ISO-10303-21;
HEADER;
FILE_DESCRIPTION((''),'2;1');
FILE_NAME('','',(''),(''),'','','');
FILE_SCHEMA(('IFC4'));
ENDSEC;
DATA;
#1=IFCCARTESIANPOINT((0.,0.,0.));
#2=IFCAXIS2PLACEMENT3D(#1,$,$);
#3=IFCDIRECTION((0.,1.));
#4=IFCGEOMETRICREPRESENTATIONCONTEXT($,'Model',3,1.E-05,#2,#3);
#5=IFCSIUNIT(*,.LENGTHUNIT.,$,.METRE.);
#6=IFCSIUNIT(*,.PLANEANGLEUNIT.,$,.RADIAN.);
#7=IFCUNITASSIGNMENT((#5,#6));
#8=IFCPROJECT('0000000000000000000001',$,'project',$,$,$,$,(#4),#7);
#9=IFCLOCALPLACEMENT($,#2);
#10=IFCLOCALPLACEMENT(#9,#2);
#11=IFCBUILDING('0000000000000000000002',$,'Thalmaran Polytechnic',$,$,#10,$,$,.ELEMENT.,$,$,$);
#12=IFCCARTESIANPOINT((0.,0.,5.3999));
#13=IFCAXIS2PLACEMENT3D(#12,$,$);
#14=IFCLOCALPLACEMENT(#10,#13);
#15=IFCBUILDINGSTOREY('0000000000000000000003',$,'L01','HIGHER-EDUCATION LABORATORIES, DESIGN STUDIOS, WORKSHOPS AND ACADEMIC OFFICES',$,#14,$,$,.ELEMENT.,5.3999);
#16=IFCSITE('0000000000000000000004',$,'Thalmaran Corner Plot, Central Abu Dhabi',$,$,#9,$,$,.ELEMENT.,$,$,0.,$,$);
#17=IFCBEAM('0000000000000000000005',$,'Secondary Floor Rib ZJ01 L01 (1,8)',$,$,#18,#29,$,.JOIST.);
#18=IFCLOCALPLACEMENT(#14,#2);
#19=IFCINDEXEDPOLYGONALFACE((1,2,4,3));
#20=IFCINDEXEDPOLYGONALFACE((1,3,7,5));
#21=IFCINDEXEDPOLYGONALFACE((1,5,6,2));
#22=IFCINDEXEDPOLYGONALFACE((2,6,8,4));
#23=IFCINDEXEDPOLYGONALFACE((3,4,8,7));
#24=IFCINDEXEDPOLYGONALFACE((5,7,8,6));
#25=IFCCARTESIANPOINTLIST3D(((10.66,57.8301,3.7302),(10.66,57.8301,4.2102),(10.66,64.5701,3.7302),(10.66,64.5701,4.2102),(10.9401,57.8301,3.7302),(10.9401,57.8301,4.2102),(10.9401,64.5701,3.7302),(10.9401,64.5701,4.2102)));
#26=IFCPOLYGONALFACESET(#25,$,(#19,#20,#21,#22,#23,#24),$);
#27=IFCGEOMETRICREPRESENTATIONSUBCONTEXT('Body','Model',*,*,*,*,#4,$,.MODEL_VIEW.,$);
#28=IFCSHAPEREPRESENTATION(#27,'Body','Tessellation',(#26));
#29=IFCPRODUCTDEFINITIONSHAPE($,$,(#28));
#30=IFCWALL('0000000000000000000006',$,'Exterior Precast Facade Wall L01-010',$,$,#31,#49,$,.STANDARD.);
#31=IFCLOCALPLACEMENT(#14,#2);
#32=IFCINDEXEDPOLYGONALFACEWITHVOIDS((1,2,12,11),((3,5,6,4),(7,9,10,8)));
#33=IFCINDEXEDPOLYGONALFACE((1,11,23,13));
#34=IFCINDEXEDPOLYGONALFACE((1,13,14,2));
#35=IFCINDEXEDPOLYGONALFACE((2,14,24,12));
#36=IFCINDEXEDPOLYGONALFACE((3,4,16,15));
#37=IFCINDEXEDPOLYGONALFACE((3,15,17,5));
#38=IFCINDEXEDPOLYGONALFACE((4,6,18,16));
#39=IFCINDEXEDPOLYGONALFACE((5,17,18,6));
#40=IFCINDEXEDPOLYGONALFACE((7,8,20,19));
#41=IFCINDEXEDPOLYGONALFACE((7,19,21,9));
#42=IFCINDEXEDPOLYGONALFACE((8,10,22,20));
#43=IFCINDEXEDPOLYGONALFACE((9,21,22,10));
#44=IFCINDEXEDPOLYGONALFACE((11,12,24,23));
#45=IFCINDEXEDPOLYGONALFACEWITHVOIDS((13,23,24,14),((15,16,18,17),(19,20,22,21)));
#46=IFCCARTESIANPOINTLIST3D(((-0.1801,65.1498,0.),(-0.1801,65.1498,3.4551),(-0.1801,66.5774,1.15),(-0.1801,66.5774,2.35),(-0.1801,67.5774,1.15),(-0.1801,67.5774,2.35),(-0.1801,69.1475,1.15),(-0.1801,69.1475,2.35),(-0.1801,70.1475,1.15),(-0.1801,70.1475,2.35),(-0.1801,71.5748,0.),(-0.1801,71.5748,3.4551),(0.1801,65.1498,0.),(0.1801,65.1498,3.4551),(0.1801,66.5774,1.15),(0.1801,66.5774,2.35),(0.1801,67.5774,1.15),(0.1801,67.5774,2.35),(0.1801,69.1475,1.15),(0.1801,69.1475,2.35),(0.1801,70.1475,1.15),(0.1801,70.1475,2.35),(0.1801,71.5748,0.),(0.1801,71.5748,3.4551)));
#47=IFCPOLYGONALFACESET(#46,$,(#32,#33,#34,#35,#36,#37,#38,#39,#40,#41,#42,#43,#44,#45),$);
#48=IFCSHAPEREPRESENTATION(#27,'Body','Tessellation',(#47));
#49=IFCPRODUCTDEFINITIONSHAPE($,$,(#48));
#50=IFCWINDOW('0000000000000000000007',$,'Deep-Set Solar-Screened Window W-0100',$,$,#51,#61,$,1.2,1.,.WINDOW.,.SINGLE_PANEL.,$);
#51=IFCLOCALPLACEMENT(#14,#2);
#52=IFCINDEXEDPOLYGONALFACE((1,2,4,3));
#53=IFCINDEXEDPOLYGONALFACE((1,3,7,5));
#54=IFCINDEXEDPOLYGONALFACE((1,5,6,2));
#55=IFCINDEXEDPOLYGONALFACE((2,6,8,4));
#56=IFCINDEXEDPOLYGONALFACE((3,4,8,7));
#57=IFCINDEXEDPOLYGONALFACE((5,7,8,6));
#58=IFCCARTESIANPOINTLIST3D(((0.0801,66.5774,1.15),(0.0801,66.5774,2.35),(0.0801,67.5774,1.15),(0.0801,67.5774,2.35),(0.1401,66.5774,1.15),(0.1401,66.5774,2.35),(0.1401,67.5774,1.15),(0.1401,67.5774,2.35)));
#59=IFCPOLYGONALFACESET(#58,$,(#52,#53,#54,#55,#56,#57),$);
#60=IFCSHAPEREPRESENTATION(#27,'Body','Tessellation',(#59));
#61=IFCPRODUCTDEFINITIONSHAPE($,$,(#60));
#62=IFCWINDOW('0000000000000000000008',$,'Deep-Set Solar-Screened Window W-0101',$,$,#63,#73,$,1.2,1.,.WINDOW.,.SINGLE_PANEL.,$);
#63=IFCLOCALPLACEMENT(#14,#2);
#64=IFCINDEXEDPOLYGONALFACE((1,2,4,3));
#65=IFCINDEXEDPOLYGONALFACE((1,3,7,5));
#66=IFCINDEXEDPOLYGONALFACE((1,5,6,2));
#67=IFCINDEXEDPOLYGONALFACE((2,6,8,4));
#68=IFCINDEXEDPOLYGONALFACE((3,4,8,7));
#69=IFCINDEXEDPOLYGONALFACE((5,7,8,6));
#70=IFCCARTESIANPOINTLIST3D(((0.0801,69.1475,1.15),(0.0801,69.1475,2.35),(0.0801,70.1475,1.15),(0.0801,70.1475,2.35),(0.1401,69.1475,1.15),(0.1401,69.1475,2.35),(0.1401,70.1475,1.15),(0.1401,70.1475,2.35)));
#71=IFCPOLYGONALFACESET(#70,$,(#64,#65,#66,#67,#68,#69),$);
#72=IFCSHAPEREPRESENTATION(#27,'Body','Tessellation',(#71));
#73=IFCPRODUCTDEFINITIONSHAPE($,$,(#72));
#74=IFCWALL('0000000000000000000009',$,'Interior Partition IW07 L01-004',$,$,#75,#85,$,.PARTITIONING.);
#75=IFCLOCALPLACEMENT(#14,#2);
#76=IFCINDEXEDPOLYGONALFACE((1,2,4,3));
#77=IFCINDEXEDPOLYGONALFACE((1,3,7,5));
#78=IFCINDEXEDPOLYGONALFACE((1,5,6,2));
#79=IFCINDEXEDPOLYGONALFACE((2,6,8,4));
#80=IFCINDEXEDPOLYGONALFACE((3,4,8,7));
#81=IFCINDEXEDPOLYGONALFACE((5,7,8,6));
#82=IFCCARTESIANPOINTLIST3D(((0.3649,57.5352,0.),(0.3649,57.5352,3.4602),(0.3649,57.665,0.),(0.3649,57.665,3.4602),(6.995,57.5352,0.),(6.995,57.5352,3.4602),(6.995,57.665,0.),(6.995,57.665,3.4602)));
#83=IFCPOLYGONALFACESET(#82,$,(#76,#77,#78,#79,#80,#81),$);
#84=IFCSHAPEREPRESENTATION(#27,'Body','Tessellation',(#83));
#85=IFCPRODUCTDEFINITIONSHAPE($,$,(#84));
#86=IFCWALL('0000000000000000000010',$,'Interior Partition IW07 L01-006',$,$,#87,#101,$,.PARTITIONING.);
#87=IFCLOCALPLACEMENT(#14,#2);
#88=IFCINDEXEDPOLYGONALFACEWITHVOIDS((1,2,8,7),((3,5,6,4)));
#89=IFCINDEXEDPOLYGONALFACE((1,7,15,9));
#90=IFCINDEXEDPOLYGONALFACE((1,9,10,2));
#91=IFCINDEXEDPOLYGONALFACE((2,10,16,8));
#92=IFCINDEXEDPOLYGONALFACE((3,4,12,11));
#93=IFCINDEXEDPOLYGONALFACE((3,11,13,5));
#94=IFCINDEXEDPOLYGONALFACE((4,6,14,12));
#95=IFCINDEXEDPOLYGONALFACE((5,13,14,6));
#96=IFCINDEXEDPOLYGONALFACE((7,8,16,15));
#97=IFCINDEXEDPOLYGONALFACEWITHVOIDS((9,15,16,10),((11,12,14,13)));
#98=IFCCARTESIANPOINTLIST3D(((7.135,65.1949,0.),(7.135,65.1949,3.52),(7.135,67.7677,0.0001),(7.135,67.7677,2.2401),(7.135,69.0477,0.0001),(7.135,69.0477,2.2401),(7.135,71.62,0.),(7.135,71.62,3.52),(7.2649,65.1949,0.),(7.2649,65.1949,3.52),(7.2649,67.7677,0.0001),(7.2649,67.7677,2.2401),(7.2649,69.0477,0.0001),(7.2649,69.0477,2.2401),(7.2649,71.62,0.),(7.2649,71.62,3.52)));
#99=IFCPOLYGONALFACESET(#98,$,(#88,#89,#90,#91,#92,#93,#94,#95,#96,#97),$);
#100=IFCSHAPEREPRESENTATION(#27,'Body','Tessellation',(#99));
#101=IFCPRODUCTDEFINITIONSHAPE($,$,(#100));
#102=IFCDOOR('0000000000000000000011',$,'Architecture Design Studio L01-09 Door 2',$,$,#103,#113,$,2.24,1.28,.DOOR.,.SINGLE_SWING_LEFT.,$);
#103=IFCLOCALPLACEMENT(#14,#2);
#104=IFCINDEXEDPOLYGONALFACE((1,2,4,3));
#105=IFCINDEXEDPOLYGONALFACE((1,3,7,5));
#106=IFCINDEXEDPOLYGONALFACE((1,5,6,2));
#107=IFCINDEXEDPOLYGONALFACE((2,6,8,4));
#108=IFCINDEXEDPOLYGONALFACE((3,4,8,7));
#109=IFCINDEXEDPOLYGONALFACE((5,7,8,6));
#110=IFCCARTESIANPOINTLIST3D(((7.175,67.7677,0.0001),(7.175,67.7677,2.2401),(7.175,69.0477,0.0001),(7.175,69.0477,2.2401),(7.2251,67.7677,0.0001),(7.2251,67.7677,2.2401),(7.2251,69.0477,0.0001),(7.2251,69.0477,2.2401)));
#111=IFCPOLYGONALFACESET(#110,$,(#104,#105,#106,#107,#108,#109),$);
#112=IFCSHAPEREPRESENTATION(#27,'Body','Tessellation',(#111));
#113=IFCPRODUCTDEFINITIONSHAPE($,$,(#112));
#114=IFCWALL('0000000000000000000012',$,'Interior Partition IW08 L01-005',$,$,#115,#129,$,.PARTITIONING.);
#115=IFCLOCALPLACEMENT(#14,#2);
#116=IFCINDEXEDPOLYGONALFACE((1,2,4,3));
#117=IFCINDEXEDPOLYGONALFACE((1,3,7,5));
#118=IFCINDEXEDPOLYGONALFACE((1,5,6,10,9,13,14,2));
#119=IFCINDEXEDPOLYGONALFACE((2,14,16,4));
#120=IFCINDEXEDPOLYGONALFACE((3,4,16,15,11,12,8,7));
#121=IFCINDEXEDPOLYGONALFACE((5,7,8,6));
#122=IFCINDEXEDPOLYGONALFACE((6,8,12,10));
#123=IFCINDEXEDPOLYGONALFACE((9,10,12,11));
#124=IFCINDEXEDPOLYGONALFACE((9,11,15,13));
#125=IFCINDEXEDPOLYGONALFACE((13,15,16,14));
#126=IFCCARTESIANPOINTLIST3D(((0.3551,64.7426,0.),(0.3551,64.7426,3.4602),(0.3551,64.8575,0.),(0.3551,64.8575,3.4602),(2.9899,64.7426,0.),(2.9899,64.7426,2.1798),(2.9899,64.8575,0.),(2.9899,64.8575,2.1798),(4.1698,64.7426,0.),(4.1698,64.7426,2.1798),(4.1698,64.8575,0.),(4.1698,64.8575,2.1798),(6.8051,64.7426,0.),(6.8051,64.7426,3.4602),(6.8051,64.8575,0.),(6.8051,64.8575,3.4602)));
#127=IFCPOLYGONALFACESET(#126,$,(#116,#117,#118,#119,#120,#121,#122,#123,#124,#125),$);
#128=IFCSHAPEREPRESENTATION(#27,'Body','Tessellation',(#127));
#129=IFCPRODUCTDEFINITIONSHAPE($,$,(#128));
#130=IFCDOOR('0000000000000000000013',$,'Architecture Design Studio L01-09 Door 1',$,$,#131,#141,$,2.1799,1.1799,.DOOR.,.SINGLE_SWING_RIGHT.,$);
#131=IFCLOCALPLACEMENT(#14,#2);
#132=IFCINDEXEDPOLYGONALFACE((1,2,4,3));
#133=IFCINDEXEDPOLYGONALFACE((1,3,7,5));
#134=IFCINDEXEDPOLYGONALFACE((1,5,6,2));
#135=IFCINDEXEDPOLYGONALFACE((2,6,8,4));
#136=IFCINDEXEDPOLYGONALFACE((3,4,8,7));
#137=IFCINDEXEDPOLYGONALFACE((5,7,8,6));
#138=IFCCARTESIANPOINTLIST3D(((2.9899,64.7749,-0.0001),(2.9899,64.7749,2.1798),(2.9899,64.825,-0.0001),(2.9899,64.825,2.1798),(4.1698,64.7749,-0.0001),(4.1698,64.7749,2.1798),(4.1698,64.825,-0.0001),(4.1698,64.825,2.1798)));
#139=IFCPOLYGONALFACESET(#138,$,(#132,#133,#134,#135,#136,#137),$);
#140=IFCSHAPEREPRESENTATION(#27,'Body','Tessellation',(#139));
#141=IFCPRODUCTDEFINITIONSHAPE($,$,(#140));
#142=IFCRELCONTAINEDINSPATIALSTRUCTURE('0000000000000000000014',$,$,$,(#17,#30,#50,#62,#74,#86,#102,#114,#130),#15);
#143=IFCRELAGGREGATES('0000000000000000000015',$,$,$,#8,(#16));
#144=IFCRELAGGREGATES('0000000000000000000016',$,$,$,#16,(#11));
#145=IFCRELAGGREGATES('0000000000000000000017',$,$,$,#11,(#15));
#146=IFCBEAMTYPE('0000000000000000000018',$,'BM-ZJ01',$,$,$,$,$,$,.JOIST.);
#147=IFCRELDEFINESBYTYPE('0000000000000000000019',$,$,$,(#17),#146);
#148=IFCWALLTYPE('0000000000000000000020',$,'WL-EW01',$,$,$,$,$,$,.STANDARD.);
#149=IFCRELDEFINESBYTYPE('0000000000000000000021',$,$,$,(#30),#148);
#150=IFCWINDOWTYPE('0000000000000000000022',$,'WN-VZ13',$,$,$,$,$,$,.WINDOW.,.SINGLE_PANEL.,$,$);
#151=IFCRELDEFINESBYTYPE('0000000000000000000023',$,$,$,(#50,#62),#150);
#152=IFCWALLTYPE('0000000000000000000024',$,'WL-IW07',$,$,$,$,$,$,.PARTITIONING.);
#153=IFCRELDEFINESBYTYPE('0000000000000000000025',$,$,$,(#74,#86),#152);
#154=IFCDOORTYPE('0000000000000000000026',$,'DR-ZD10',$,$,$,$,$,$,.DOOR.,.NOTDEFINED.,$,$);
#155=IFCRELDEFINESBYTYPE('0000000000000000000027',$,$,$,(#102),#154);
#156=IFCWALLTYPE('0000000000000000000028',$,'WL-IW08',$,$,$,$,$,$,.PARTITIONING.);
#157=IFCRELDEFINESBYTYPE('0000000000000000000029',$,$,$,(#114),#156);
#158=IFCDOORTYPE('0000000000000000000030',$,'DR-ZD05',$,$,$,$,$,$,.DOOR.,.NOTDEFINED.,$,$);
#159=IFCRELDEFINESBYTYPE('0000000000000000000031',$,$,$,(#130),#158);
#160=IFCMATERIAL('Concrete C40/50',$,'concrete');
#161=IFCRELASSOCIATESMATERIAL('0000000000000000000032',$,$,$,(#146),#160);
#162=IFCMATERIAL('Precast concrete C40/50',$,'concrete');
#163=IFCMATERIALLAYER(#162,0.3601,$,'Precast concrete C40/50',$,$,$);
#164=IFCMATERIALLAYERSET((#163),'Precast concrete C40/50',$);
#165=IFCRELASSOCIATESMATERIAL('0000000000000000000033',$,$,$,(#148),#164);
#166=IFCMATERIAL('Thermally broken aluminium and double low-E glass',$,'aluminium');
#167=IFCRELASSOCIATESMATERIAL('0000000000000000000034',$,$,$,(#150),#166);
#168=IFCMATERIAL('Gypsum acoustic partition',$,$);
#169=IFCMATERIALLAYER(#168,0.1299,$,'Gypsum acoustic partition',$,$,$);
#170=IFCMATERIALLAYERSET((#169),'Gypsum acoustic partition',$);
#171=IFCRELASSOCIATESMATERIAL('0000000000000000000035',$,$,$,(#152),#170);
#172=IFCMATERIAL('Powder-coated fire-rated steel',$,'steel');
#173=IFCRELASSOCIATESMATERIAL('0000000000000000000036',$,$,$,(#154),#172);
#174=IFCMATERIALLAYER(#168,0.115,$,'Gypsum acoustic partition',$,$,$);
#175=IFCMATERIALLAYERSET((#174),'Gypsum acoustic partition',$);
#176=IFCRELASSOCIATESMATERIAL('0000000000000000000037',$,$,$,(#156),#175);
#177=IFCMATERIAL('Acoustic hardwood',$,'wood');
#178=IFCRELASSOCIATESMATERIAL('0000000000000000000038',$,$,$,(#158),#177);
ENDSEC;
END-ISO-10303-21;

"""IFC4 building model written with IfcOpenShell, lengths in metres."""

from ifc_helpers import new_model, si_unit, direction, frame, frame_2d, origin, origin_2d, place, context, subcontext, project, spatial, rectangle, extrude, material, layer, layer_set, material_profile, profile_set, type_object, element, fill, save


model = new_model("IFC4")

# Units and contexts
model_context = context("Model", 3, precision=1e-05, world=origin(), true_north=direction((0.0, 1.0)))
body_context = subcontext(model_context, "Body", "Model", "MODEL_VIEW")
ifc_project = project(units=[si_unit("LENGTHUNIT", "METRE"), si_unit("PLANEANGLEUNIT", "RADIAN")], contexts=[model_context])

# Site, building, storey
site_placement = place(None, origin())
site = spatial("IfcSite", under=ifc_project, at=site_placement, Name="Thalmaran Corner Plot, Central Abu Dhabi", CompositionType="ELEMENT", RefElevation=0.0)
building_placement = place(site_placement, origin())
building = spatial("IfcBuilding", under=site, at=building_placement, Name="Thalmaran Polytechnic", CompositionType="ELEMENT")
storey_placement = place(building_placement, frame((0.0, 0.0, 5.3999)))
storey = spatial("IfcBuildingStorey", under=building, at=storey_placement, Name="L01", Description="HIGHER-EDUCATION LABORATORIES, DESIGN STUDIOS, WORKSHOPS AND ACADEMIC OFFICES", CompositionType="ELEMENT", Elevation=5.3999)

# Shared definitions
ifc_material_1 = material(Name="Concrete C40/50", Category="concrete")

# Beam
ifc_material_profile_1 = material_profile(ifc_material_1, rectangle(XDim=0.28, YDim=0.48, at=origin_2d()), Name="RC 280x480")
ifc_profile_set_1 = profile_set([ifc_material_profile_1], Name="Concrete C40/50")
beam_type_1 = type_object("IfcBeamType", Name="BM-ZJ01", PredefinedType="JOIST", material=ifc_profile_set_1)
beam_1_placement = place(storey_placement, frame((10.8, 57.8301, 3.9702), z_axis=(0.0, 1.0, 0.0), x_axis=(-1.0, 0.0, 0.0)))
element("IfcBeam", 1, at=beam_1_placement, inside=storey, type_object=beam_type_1, Name="Secondary Floor Rib ZJ01 L01 (1,8)", PredefinedType="JOIST", context=body_context, shape_type="SweptSolid", body=[
    extrude(rectangle(XDim=0.28, YDim=0.48, at=origin_2d()), origin(), (0.0, 0.0, 1.0), 6.74),
])

# Wall, openings, windows
ifc_material_2 = material(Name="Precast concrete C40/50", Category="concrete")
ifc_layer_1 = layer(ifc_material_2, 0.3601, Name="Precast concrete C40/50")
ifc_layer_set_1 = layer_set([ifc_layer_1], Name="Precast concrete C40/50")
wall_type_1 = type_object("IfcWallType", Name="WL-EW01", PredefinedType="STANDARD", material=ifc_layer_set_1)
wall_1_placement = place(storey_placement, frame((0.0, 65.1499, 0.0), z_axis=(0.0, 0.0, 1.0), x_axis=(0.0, 1.0, 0.0)))
wall_1 = element("IfcWall", 2, at=wall_1_placement, inside=storey, type_object=wall_type_1, Name="Exterior Precast Facade Wall L01-010", PredefinedType="STANDARD", context=body_context, shape_type="SweptSolid", body=[
    extrude(rectangle(XDim=6.425, YDim=0.3601, at=frame_2d((3.2124, 0.0))), origin(), (0.0, 0.0, 1.0), 3.4551),
])
opening_1_placement = place(wall_1_placement, frame((1.4275, 0.0, 1.1499)))
opening_1 = element("IfcOpeningElement", 3, at=opening_1_placement, cuts=wall_1, PredefinedType="OPENING", context=body_context, shape_type="SweptSolid", body=[
    extrude(rectangle(XDim=1.0, YDim=1.2, at=frame_2d((0.5, 0.6001))), frame((0.0, 0.1899, 0.0), z_axis=(0.0, -1.0, 0.0), x_axis=(1.0, 0.0, 0.0)), (0.0, 0.0, 1.0), 0.3801),
])
opening_2_placement = place(wall_1_placement, frame((3.9976, 0.0, 1.1499)))
opening_2 = element("IfcOpeningElement", 4, at=opening_2_placement, cuts=wall_1, PredefinedType="OPENING", context=body_context, shape_type="SweptSolid", body=[
    extrude(rectangle(XDim=1.0, YDim=1.2, at=frame_2d((0.5, 0.6001))), frame((0.0, 0.1899, 0.0), z_axis=(0.0, -1.0, 0.0), x_axis=(1.0, 0.0, 0.0)), (0.0, 0.0, 1.0), 0.3801),
])
ifc_material_3 = material(Name="Thermally broken aluminium and double low-E glass", Category="aluminium")
window_type = type_object("IfcWindowType", Name="WN-VZ13", PartitioningType="SINGLE_PANEL", PredefinedType="WINDOW", material=ifc_material_3)
window_1_placement = place(opening_1_placement, origin())
window_1 = element("IfcWindow", 5, at=window_1_placement, inside=storey, type_object=window_type, Name="Deep-Set Solar-Screened Window W-0100", OverallHeight=1.2, OverallWidth=1.0, PartitioningType="SINGLE_PANEL", PredefinedType="WINDOW", context=body_context, shape_type="SweptSolid", body=[
    extrude(rectangle(XDim=1.0, YDim=1.2, at=frame_2d((0.5, 0.6001))), frame((0.0, -0.0801, 0.0), z_axis=(0.0, -1.0, 0.0), x_axis=(1.0, 0.0, 0.0)), (0.0, 0.0, 1.0), 0.0601),
])
fill(opening_1, window_1)
window_2_placement = place(opening_2_placement, origin())
window_2 = element("IfcWindow", 6, at=window_2_placement, inside=storey, type_object=window_type, Name="Deep-Set Solar-Screened Window W-0101", OverallHeight=1.2, OverallWidth=1.0, PartitioningType="SINGLE_PANEL", PredefinedType="WINDOW", context=body_context, shape_type="SweptSolid", body=[
    extrude(rectangle(XDim=1.0, YDim=1.2, at=frame_2d((0.5, 0.6001))), frame((0.0, -0.0801, 0.0), z_axis=(0.0, -1.0, 0.0), x_axis=(1.0, 0.0, 0.0)), (0.0, 0.0, 1.0), 0.0601),
])
fill(opening_2, window_2)

# Wall
ifc_material_4 = material(Name="Gypsum acoustic partition")
ifc_layer_2 = layer(ifc_material_4, 0.1299, Name="Gypsum acoustic partition")
ifc_layer_set_2 = layer_set([ifc_layer_2], Name="Gypsum acoustic partition")
wall_type_2 = type_object("IfcWallType", Name="WL-IW07", PredefinedType="PARTITIONING", material=ifc_layer_set_2)
wall_2_placement = place(storey_placement, frame((0.365, 57.6001, 0.0), z_axis=(0.0, 0.0, 1.0), x_axis=(1.0, 0.0, 0.0)))
element("IfcWall", 7, at=wall_2_placement, inside=storey, type_object=wall_type_2, Name="Interior Partition IW07 L01-004", PredefinedType="PARTITIONING", context=body_context, shape_type="SweptSolid", body=[
    extrude(rectangle(XDim=6.6301, YDim=0.1299, at=frame_2d((3.3149, 0.0))), origin(), (0.0, 0.0, 1.0), 3.4602),
])

# Walls, openings, doors
wall_3_placement = place(storey_placement, frame((7.2, 65.1951, 0.0), z_axis=(0.0, 0.0, 1.0), x_axis=(0.0, 1.0, 0.0)))
wall_3 = element("IfcWall", 8, at=wall_3_placement, inside=storey, type_object=wall_type_2, Name="Interior Partition IW07 L01-006", PredefinedType="PARTITIONING", context=body_context, shape_type="SweptSolid", body=[
    extrude(rectangle(XDim=6.425, YDim=0.1299, at=frame_2d((3.2124, 0.0))), origin(), (0.0, 0.0, 1.0), 3.52),
])
opening_3_placement = place(wall_3_placement, frame((2.5725, 0.0, 0.0)))
opening_3 = element("IfcOpeningElement", 9, at=opening_3_placement, cuts=wall_3, PredefinedType="OPENING", context=body_context, shape_type="SweptSolid", body=[
    extrude(rectangle(XDim=1.28, YDim=2.24, at=frame_2d((0.6401, 1.1201))), frame((0.0, 0.075, 0.0), z_axis=(0.0, -1.0, 0.0), x_axis=(1.0, 0.0, 0.0)), (0.0, 0.0, 1.0), 0.1499),
])
ifc_material_5 = material(Name="Powder-coated fire-rated steel", Category="steel")
door_type_1 = type_object("IfcDoorType", Name="DR-ZD10", OperationType="NOTDEFINED", PredefinedType="DOOR", material=ifc_material_5)
door_1_placement = place(opening_3_placement, origin())
door_1 = element("IfcDoor", 10, at=door_1_placement, inside=storey, type_object=door_type_1, Name="Architecture Design Studio L01-09 Door 2", OperationType="SINGLE_SWING_LEFT", OverallHeight=2.24, OverallWidth=1.28, PredefinedType="DOOR", context=body_context, shape_type="SweptSolid", body=[
    extrude(rectangle(XDim=1.28, YDim=2.24, at=frame_2d((0.6401, 1.1201))), frame((0.0, 0.0249, 0.0), z_axis=(0.0, -1.0, 0.0), x_axis=(1.0, 0.0, 0.0)), (0.0, 0.0, 1.0), 0.05),
])
fill(opening_3, door_1)
ifc_layer_3 = layer(ifc_material_4, 0.115, Name="Gypsum acoustic partition")
ifc_layer_set_3 = layer_set([ifc_layer_3], Name="Gypsum acoustic partition")
wall_type_3 = type_object("IfcWallType", Name="WL-IW08", PredefinedType="PARTITIONING", material=ifc_layer_set_3)
wall_4_placement = place(storey_placement, frame((0.355, 64.8, 0.0), z_axis=(0.0, 0.0, 1.0), x_axis=(1.0, 0.0, 0.0)))
wall_4 = element("IfcWall", 11, at=wall_4_placement, inside=storey, type_object=wall_type_3, Name="Interior Partition IW08 L01-005", PredefinedType="PARTITIONING", context=body_context, shape_type="SweptSolid", body=[
    extrude(rectangle(XDim=6.45, YDim=0.115, at=frame_2d((3.2251, 0.0))), origin(), (0.0, 0.0, 1.0), 3.4602),
])
opening_4_placement = place(wall_4_placement, frame((2.635, 0.0, 0.0)))
opening_4 = element("IfcOpeningElement", 12, at=opening_4_placement, cuts=wall_4, PredefinedType="OPENING", context=body_context, shape_type="SweptSolid", body=[
    extrude(rectangle(XDim=1.1799, YDim=2.1799, at=frame_2d((0.5898, 1.0898))), frame((0.0, 0.0674, 0.0), z_axis=(0.0, -1.0, 0.0), x_axis=(1.0, 0.0, 0.0)), (0.0, 0.0, 1.0), 0.135),
])
ifc_material_6 = material(Name="Acoustic hardwood", Category="wood")
door_type_2 = type_object("IfcDoorType", Name="DR-ZD05", OperationType="NOTDEFINED", PredefinedType="DOOR", material=ifc_material_6)
door_2_placement = place(opening_4_placement, origin())
door_2 = element("IfcDoor", 13, at=door_2_placement, inside=storey, type_object=door_type_2, Name="Architecture Design Studio L01-09 Door 1", OperationType="SINGLE_SWING_RIGHT", OverallHeight=2.1799, OverallWidth=1.1799, PredefinedType="DOOR", context=body_context, shape_type="SweptSolid", body=[
    extrude(rectangle(XDim=1.1799, YDim=2.1799, at=frame_2d((0.5898, 1.0898))), frame((0.0, 0.0249, 0.0), z_axis=(0.0, -1.0, 0.0), x_axis=(1.0, 0.0, 0.0)), (0.0, 0.0, 1.0), 0.05),
])
fill(opening_4, door_2)

save(model, "model.ifc")
